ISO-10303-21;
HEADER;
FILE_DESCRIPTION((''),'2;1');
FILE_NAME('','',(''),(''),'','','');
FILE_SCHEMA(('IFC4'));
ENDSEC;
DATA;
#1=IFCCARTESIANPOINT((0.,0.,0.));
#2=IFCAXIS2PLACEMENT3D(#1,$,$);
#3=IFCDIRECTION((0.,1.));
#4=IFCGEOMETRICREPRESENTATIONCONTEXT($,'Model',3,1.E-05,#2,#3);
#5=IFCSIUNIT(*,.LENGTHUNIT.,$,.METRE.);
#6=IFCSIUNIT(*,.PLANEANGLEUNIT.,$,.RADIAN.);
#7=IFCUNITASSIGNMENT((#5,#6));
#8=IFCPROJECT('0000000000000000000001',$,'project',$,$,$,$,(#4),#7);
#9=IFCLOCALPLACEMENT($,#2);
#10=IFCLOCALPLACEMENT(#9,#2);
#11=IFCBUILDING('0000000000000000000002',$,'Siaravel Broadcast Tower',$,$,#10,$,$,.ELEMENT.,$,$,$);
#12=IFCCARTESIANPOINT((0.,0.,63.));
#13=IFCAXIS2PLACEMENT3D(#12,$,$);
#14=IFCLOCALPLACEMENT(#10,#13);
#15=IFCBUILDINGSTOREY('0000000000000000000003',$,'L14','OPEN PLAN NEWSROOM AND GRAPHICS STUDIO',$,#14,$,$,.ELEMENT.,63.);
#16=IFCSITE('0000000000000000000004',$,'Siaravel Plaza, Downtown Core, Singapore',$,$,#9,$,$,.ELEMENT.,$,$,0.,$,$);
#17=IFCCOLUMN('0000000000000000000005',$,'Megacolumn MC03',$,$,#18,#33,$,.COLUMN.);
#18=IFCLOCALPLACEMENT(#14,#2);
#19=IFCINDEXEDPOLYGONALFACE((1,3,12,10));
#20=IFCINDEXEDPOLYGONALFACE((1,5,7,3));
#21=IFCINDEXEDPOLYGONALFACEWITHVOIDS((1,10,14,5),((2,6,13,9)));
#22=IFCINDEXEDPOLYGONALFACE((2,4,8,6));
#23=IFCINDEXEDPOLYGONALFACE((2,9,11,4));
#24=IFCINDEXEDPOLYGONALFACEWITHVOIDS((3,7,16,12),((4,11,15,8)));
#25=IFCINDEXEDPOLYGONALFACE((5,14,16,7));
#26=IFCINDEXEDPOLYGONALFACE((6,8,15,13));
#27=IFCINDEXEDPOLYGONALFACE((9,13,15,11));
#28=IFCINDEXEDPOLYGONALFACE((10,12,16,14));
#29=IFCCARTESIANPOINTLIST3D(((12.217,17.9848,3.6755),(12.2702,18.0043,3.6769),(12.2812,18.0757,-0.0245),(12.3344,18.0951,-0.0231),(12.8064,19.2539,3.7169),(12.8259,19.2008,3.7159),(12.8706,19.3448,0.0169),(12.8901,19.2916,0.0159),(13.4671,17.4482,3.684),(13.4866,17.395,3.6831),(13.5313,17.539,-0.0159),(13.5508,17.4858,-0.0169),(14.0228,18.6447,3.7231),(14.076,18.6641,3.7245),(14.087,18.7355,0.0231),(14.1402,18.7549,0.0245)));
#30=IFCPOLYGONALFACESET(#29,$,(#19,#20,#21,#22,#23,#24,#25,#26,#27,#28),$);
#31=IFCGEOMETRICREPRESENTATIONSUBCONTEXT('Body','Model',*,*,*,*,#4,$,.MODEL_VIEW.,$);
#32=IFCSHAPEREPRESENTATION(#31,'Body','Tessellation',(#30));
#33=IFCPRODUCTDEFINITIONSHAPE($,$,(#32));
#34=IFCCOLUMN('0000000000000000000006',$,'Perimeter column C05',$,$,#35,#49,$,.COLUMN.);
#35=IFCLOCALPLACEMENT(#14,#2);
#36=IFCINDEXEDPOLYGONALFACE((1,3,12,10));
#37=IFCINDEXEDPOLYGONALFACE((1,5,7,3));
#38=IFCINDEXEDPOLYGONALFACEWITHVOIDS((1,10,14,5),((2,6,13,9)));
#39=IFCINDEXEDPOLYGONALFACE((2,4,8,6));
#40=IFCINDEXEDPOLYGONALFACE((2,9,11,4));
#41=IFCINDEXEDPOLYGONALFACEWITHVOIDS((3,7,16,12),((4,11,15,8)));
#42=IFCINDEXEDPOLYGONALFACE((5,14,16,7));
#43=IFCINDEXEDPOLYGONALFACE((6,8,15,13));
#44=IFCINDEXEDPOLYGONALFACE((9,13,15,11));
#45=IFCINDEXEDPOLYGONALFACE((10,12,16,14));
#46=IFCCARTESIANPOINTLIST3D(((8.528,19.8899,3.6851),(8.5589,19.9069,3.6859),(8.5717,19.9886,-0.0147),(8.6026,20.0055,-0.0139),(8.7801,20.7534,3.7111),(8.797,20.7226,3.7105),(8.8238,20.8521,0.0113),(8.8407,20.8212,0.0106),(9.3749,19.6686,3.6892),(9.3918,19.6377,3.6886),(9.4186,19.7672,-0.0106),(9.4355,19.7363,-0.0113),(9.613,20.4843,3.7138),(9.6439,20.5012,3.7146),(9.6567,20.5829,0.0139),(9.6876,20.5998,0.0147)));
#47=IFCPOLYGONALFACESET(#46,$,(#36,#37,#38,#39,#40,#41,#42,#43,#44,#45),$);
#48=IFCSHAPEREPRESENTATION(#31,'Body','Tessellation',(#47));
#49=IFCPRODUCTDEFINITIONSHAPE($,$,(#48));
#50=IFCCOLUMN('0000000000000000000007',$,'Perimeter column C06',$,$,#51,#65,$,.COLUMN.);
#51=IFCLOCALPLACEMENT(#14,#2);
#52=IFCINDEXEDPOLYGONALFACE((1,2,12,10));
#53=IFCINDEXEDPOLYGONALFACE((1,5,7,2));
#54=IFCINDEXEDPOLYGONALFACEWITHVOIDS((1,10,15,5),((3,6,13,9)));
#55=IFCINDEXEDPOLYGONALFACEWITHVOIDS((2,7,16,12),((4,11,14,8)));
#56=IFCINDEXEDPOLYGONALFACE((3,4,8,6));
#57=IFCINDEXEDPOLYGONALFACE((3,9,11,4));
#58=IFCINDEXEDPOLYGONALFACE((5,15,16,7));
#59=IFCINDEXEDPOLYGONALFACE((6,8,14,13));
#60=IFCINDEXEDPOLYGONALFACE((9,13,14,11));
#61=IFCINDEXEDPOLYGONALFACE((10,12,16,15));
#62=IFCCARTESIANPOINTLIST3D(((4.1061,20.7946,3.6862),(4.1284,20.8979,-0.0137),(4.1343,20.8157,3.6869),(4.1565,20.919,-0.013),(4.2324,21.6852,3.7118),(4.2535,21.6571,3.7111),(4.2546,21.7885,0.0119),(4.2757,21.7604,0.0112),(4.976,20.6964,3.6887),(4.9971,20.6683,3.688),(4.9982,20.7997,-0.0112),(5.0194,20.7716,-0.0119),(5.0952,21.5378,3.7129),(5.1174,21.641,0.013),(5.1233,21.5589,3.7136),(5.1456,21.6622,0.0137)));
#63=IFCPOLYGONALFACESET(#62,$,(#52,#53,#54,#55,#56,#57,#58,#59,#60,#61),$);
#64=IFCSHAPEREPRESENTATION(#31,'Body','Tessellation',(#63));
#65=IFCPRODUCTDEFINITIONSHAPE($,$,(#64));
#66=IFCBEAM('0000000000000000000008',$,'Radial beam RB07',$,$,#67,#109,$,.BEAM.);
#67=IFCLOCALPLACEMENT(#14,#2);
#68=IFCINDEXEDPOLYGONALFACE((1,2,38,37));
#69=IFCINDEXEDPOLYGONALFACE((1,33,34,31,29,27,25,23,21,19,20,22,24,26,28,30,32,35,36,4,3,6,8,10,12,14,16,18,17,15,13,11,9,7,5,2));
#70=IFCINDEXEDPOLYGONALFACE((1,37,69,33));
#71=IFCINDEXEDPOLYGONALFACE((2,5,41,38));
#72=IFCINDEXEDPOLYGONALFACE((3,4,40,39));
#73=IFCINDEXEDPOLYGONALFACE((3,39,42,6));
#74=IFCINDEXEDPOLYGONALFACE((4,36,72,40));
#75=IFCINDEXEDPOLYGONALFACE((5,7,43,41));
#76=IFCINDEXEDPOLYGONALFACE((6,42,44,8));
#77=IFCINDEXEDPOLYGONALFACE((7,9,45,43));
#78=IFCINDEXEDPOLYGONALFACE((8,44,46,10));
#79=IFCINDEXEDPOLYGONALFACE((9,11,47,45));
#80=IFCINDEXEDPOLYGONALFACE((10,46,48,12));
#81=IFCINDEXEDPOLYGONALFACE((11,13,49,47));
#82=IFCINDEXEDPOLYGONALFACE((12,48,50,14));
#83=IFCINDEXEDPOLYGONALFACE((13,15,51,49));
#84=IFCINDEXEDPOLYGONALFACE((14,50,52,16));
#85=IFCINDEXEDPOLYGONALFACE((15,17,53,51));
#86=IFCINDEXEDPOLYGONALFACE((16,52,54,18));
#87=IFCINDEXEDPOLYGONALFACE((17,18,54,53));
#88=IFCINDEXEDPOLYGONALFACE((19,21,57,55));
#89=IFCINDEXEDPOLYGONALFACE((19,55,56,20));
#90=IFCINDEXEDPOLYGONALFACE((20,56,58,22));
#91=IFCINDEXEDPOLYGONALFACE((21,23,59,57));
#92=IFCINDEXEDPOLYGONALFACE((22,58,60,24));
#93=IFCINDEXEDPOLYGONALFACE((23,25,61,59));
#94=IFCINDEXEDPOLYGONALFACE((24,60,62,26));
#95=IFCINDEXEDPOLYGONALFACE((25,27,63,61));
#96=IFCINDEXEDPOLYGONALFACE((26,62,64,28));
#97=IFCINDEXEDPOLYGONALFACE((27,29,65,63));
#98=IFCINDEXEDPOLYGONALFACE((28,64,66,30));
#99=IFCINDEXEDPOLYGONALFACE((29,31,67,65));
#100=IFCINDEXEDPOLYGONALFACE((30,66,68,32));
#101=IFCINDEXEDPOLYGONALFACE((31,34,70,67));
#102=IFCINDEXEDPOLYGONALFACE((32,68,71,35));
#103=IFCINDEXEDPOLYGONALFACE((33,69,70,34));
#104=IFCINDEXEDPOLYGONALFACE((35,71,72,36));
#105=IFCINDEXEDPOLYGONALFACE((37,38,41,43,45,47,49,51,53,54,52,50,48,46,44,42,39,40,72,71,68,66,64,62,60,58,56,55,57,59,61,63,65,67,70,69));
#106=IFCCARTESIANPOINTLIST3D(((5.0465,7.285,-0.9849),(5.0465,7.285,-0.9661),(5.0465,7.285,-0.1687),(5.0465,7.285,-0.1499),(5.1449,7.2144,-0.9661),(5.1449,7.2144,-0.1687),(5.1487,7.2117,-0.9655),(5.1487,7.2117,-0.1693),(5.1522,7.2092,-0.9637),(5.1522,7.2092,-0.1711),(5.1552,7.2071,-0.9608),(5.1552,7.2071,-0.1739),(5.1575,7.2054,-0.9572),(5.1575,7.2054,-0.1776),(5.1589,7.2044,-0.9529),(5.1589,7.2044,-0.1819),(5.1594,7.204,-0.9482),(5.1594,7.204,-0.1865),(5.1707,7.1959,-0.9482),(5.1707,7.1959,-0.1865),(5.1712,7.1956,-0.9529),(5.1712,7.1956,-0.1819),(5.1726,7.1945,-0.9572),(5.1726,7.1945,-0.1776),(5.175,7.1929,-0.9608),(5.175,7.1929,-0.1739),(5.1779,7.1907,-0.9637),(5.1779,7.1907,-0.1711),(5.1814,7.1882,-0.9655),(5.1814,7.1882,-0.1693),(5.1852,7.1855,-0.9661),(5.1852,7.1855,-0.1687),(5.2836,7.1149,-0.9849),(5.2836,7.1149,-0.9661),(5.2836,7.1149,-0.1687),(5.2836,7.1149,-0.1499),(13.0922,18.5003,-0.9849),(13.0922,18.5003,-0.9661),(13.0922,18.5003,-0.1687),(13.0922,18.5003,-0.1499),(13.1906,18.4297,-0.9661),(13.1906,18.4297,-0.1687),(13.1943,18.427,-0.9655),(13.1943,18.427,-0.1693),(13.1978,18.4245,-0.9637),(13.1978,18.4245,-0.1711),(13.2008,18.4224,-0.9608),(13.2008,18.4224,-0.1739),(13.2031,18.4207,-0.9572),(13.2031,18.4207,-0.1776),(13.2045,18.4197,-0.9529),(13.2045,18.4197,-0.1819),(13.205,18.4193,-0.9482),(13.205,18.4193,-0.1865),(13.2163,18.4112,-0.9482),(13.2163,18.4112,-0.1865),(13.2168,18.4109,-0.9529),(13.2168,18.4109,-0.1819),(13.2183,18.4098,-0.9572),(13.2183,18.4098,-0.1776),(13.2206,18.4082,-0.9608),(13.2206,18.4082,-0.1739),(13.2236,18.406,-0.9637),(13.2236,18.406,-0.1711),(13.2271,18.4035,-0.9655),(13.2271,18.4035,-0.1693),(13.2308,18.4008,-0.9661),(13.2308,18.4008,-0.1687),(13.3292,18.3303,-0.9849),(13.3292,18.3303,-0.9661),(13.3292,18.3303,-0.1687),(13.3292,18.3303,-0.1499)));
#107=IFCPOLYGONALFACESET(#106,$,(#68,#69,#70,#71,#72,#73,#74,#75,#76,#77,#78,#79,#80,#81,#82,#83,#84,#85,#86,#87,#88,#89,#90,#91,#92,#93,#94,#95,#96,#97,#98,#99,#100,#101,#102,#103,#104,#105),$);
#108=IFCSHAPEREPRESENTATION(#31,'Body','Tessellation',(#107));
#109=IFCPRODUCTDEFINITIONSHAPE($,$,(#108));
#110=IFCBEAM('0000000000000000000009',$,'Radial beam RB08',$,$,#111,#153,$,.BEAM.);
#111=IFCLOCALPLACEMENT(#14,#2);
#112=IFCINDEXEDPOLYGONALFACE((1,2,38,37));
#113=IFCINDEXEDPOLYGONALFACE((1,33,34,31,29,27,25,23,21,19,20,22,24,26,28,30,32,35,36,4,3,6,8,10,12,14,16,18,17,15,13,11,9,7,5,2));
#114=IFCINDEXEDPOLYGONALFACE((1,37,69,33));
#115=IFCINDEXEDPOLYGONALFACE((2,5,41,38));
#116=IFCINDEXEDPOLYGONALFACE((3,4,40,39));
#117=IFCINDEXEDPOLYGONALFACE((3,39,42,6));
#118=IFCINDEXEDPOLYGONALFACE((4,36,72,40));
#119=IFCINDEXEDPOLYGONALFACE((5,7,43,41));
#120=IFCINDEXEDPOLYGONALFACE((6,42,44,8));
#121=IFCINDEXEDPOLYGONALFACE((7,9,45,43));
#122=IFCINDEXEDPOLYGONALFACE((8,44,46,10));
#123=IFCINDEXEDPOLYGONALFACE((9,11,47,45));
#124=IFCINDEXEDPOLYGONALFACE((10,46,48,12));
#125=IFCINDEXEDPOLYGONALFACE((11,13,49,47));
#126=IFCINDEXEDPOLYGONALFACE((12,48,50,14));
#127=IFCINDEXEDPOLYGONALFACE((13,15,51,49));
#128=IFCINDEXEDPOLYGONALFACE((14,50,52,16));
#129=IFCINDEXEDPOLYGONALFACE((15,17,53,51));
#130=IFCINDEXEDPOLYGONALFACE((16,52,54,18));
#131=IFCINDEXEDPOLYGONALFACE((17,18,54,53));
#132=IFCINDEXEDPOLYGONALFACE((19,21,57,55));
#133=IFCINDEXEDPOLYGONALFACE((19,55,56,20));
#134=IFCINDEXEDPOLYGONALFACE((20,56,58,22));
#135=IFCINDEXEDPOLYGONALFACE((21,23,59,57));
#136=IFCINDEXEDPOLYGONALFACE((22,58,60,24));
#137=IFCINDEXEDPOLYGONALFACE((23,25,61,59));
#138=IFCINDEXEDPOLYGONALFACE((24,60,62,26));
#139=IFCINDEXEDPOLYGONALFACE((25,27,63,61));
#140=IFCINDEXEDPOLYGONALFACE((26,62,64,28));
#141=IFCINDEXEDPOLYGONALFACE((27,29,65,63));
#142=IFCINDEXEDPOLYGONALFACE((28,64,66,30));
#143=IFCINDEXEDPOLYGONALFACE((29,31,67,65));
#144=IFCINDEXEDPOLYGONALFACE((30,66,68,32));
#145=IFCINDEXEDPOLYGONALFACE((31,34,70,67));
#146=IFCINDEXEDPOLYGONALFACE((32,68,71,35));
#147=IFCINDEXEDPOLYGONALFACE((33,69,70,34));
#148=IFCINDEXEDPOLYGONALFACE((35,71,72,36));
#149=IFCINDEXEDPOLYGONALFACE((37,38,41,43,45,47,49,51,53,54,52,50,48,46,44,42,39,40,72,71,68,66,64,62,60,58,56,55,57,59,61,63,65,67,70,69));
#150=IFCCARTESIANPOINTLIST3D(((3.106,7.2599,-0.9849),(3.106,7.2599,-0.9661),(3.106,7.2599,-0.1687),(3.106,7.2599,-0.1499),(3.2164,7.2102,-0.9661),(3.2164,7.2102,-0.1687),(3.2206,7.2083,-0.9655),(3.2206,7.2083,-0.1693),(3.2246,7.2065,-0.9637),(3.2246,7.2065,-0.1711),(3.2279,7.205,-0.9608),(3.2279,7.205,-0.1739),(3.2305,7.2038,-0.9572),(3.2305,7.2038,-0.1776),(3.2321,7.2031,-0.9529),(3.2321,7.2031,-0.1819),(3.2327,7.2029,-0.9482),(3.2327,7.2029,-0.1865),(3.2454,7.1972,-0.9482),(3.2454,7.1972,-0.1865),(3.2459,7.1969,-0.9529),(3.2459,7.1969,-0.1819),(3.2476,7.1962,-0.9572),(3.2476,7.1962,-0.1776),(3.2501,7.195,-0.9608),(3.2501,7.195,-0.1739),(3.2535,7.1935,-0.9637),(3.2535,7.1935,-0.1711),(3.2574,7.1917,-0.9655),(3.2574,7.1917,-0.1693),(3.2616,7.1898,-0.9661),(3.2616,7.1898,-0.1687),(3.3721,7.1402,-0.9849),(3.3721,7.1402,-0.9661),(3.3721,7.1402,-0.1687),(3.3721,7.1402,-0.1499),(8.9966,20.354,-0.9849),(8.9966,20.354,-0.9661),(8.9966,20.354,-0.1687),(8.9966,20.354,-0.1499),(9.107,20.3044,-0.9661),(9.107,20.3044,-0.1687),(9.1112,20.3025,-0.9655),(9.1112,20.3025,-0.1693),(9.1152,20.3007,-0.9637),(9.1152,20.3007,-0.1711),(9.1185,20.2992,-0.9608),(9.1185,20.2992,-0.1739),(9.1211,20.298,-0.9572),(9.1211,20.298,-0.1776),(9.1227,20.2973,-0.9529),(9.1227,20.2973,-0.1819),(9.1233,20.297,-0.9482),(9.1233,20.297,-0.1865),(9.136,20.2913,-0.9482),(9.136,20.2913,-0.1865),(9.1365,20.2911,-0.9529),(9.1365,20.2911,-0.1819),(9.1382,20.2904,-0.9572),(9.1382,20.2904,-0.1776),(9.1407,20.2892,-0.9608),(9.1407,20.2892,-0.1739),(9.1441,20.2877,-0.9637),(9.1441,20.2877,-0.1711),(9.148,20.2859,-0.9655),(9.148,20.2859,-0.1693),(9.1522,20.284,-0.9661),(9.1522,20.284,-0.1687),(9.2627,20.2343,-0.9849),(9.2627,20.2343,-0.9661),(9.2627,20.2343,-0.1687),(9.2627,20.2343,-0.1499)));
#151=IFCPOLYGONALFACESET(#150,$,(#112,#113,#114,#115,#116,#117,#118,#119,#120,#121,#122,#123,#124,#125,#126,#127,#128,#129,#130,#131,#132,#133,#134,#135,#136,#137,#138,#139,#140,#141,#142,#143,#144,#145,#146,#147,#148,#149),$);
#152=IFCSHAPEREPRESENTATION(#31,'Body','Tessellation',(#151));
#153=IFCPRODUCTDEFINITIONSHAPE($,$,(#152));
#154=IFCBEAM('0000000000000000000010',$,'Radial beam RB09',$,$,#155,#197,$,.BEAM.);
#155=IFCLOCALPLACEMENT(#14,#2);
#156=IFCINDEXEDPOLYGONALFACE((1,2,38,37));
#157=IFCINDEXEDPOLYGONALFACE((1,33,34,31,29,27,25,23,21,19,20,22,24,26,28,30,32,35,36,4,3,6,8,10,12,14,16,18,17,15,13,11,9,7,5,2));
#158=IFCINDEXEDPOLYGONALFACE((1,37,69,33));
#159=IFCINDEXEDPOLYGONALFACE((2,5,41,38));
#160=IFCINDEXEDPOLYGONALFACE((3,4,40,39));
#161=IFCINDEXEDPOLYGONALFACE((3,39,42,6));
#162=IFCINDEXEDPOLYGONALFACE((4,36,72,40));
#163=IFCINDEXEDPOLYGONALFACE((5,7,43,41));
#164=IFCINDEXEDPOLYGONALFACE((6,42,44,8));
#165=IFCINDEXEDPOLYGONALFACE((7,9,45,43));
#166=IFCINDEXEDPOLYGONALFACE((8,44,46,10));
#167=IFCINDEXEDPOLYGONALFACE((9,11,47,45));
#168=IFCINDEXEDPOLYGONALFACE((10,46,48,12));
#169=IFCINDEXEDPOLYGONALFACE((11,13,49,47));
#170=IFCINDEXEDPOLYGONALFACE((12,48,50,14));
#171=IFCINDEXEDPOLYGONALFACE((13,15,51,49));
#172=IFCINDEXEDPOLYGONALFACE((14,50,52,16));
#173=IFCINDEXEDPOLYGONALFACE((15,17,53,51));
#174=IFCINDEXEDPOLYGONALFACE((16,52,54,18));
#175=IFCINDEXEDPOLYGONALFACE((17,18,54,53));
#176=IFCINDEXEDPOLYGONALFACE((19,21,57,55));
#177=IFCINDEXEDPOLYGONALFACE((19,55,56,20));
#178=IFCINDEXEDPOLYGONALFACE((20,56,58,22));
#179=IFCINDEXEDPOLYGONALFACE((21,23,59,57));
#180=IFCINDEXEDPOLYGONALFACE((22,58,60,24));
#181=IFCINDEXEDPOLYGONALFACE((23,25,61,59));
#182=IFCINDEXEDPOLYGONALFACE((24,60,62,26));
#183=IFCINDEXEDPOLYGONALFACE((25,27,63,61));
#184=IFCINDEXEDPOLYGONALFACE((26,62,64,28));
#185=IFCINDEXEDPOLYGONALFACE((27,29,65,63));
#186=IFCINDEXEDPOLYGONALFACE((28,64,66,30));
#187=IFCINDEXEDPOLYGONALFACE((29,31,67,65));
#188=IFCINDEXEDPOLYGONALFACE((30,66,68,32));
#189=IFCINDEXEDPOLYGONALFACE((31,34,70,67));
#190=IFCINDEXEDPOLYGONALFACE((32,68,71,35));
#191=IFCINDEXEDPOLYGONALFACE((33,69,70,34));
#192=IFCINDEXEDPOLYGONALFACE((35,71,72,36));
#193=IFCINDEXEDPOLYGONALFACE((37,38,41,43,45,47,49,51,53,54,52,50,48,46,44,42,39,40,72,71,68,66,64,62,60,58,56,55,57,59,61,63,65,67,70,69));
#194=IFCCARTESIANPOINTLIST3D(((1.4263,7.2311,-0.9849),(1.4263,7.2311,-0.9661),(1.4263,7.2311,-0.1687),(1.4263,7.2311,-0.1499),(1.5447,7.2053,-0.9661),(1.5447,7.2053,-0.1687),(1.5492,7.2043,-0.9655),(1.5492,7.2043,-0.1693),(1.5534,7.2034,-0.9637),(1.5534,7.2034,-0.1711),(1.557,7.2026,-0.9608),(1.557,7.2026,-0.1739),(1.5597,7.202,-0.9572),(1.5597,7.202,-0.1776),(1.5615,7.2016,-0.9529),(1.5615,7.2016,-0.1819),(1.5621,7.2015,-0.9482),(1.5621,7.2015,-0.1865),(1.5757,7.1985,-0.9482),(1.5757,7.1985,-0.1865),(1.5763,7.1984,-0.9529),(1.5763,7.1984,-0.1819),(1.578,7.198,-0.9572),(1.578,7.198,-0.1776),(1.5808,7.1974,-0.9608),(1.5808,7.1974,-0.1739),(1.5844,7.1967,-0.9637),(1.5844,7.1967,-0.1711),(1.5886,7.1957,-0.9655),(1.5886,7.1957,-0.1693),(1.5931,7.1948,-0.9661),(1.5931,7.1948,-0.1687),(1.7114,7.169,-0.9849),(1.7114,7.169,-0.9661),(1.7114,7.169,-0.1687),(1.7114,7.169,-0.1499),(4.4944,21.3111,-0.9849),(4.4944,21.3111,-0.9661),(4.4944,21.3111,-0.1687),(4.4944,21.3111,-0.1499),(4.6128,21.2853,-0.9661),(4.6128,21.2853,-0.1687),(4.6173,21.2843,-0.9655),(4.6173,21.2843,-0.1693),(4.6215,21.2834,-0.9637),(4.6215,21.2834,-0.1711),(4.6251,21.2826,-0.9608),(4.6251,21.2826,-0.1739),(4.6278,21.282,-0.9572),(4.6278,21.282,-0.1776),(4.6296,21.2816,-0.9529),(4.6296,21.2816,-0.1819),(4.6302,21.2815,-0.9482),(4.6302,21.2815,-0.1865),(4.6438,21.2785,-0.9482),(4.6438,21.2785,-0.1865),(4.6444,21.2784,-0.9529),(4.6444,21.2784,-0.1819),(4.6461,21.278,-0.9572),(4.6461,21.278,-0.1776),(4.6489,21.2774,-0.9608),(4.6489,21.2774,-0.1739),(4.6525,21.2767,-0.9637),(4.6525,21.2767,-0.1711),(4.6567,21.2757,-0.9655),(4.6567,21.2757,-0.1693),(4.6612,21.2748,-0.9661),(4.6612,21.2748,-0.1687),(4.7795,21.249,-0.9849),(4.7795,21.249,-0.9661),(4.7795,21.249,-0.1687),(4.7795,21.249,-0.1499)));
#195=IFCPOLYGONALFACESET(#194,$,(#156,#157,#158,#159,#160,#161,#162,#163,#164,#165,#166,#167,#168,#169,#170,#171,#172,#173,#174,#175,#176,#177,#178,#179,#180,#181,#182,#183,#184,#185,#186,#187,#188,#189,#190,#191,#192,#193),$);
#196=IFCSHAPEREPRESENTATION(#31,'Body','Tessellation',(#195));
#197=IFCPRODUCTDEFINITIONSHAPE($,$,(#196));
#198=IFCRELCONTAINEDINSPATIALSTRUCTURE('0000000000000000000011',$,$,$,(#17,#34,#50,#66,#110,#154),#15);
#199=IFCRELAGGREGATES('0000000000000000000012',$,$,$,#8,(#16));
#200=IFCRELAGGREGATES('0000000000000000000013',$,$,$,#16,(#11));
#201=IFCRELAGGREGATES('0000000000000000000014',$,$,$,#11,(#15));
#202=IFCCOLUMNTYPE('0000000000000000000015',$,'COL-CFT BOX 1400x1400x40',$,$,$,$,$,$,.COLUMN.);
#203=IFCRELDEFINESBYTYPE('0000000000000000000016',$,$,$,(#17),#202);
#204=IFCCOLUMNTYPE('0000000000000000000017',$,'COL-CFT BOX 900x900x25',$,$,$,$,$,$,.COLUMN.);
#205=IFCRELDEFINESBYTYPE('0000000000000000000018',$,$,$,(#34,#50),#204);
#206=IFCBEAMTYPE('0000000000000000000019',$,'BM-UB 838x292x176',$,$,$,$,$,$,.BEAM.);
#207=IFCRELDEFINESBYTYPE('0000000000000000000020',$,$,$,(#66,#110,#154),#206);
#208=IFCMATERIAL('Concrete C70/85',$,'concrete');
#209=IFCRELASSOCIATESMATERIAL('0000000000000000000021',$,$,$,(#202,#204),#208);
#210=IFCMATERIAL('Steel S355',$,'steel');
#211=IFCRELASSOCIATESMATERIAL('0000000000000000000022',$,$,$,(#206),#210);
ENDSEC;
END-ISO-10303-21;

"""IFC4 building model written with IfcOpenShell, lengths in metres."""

from ifc_helpers import new_model, si_unit, direction, frame, origin, origin_2d, place, context, subcontext, project, spatial, hollow_rectangle, i_section, extrude, material, material_profile, profile_set, type_object, element, save


model = new_model("IFC4")

# Units and contexts
model_context = context("Model", 3, precision=1e-05, world=origin(), true_north=direction((0.0, 1.0)))
body_context = subcontext(model_context, "Body", "Model", "MODEL_VIEW")
ifc_project = project(units=[si_unit("LENGTHUNIT", "METRE"), si_unit("PLANEANGLEUNIT", "RADIAN")], contexts=[model_context])

# Site, building, storey
site_placement = place(None, origin())
site = spatial("IfcSite", under=ifc_project, at=site_placement, Name="Siaravel Plaza, Downtown Core, Singapore", CompositionType="ELEMENT", RefElevation=0.0)
building_placement = place(site_placement, origin())
building = spatial("IfcBuilding", under=site, at=building_placement, Name="Siaravel Broadcast Tower", CompositionType="ELEMENT")
storey_placement = place(building_placement, frame((0.0, 0.0, 63.0)))
storey = spatial("IfcBuildingStorey", under=building, at=storey_placement, Name="L14", Description="OPEN PLAN NEWSROOM AND GRAPHICS STUDIO", CompositionType="ELEMENT", Elevation=63.0)

# Columns
ifc_material_1 = material(Name="Concrete C70/85", Category="concrete")
ifc_material_profile_1 = material_profile(ifc_material_1, hollow_rectangle(XDim=1.3999, YDim=1.3999, WallThickness=0.04, at=origin_2d()))
ifc_profile_set_1 = profile_set([ifc_material_profile_1], Name="Concrete C70/85")
column_type_1 = type_object("IfcColumnType", Name="COL-CFT BOX 1400x1400x40", PredefinedType="COLUMN", material=ifc_profile_set_1)
column_placement = place(storey_placement, frame((13.2107, 18.4153, 0.0), z_axis=(-0.017346, -0.024535, 0.999548), x_axis=(0.90688, -0.421354, 0.005395)))
element("IfcColumn", 1, at=column_placement, inside=storey, type_object=column_type_1, Name="Megacolumn MC03", PredefinedType="COLUMN", context=body_context, shape_type="SweptSolid", body=[
    extrude(hollow_rectangle(XDim=1.3999, YDim=1.3999, WallThickness=0.04, at=origin_2d()), origin(), (0.0, 0.0, 1.0), 3.7017),
])
ifc_material_profile_2 = material_profile(ifc_material_1, hollow_rectangle(XDim=0.8999, YDim=0.8999, WallThickness=0.0249, at=origin_2d()))
ifc_profile_set_2 = profile_set([ifc_material_profile_2], Name="Concrete C70/85")
column_type_2 = type_object("IfcColumnType", Name="COL-CFT BOX 900x900x25", PredefinedType="COLUMN", material=ifc_profile_set_2)
for number, where, z_axis, x_axis, name in (
    (2, (9.1296, 20.2942, 0.0), (-0.011806, -0.026647, 0.999575), (0.959902, -0.28031, 0.003865), "Perimeter column C05"),
    (3, (4.637, 21.28, 0.0), (-0.006002, -0.0279, 0.999593), (0.990099, -0.140359, 0.002028), "Perimeter column C06"),
):
    element("IfcColumn", number, at=place(storey_placement, frame(where, z_axis=z_axis, x_axis=x_axis)), inside=storey, type_object=column_type_2, Name=name, PredefinedType="COLUMN", context=body_context, shape_type="SweptSolid", body=[
        extrude(hollow_rectangle(XDim=0.8999, YDim=0.8999, WallThickness=0.0249, at=origin_2d()), origin(), (0.0, 0.0, 1.0), 3.7014),
    ])

# Beams
ifc_material_2 = material(Name="Steel S355", Category="steel")
ifc_material_profile_3 = material_profile(ifc_material_2, i_section(OverallWidth=0.2917, OverallDepth=0.835, WebThickness=0.0139, FlangeThickness=0.0188, FilletRadius=0.0178, at=origin_2d()))
ifc_profile_set_3 = profile_set([ifc_material_profile_3], Name="Steel S355")
beam_type = type_object("IfcBeamType", Name="BM-UB 838x292x176", PredefinedType="BEAM", material=ifc_profile_set_3)
beam_1_placement = place(storey_placement, frame((13.2107, 18.4153, -0.5674), z_axis=(-0.582902, -0.812543, 0.0), x_axis=(0.812543, -0.582902, 0.0)))
element("IfcBeam", 4, at=beam_1_placement, inside=storey, type_object=beam_type, Name="Radial beam RB07", PredefinedType="BEAM", context=body_context, shape_type="SweptSolid", body=[
    extrude(i_section(OverallWidth=0.2917, OverallDepth=0.835, WebThickness=0.0139, FlangeThickness=0.0188, FilletRadius=0.0178, at=origin_2d()), origin(), (0.0, 0.0, 1.0), 13.8027),
])
beam_2_placement = place(storey_placement, frame((9.1296, 20.2942, -0.5674), z_axis=(-0.410261, -0.911968, 0.0), x_axis=(0.911968, -0.410261, 0.0)))
element("IfcBeam", 5, at=beam_2_placement, inside=storey, type_object=beam_type, Name="Radial beam RB08", PredefinedType="BEAM", context=body_context, shape_type="SweptSolid", body=[
    extrude(i_section(OverallWidth=0.2917, OverallDepth=0.835, WebThickness=0.0139, FlangeThickness=0.0188, FilletRadius=0.0178, at=origin_2d()), origin(), (0.0, 0.0, 1.0), 14.3582),
])
beam_3_placement = place(storey_placement, frame((4.637, 21.28, -0.5674), z_axis=(-0.212909, -0.977072, 0.0), x_axis=(0.977072, -0.212909, 0.0)))
element("IfcBeam", 6, at=beam_3_placement, inside=storey, type_object=beam_type, Name="Radial beam RB09", PredefinedType="BEAM", context=body_context, shape_type="SweptSolid", body=[
    extrude(i_section(OverallWidth=0.2917, OverallDepth=0.835, WebThickness=0.0139, FlangeThickness=0.0188, FilletRadius=0.0178, at=origin_2d()), origin(), (0.0, 0.0, 1.0), 14.4104),
])

save(model, "model.ifc")
